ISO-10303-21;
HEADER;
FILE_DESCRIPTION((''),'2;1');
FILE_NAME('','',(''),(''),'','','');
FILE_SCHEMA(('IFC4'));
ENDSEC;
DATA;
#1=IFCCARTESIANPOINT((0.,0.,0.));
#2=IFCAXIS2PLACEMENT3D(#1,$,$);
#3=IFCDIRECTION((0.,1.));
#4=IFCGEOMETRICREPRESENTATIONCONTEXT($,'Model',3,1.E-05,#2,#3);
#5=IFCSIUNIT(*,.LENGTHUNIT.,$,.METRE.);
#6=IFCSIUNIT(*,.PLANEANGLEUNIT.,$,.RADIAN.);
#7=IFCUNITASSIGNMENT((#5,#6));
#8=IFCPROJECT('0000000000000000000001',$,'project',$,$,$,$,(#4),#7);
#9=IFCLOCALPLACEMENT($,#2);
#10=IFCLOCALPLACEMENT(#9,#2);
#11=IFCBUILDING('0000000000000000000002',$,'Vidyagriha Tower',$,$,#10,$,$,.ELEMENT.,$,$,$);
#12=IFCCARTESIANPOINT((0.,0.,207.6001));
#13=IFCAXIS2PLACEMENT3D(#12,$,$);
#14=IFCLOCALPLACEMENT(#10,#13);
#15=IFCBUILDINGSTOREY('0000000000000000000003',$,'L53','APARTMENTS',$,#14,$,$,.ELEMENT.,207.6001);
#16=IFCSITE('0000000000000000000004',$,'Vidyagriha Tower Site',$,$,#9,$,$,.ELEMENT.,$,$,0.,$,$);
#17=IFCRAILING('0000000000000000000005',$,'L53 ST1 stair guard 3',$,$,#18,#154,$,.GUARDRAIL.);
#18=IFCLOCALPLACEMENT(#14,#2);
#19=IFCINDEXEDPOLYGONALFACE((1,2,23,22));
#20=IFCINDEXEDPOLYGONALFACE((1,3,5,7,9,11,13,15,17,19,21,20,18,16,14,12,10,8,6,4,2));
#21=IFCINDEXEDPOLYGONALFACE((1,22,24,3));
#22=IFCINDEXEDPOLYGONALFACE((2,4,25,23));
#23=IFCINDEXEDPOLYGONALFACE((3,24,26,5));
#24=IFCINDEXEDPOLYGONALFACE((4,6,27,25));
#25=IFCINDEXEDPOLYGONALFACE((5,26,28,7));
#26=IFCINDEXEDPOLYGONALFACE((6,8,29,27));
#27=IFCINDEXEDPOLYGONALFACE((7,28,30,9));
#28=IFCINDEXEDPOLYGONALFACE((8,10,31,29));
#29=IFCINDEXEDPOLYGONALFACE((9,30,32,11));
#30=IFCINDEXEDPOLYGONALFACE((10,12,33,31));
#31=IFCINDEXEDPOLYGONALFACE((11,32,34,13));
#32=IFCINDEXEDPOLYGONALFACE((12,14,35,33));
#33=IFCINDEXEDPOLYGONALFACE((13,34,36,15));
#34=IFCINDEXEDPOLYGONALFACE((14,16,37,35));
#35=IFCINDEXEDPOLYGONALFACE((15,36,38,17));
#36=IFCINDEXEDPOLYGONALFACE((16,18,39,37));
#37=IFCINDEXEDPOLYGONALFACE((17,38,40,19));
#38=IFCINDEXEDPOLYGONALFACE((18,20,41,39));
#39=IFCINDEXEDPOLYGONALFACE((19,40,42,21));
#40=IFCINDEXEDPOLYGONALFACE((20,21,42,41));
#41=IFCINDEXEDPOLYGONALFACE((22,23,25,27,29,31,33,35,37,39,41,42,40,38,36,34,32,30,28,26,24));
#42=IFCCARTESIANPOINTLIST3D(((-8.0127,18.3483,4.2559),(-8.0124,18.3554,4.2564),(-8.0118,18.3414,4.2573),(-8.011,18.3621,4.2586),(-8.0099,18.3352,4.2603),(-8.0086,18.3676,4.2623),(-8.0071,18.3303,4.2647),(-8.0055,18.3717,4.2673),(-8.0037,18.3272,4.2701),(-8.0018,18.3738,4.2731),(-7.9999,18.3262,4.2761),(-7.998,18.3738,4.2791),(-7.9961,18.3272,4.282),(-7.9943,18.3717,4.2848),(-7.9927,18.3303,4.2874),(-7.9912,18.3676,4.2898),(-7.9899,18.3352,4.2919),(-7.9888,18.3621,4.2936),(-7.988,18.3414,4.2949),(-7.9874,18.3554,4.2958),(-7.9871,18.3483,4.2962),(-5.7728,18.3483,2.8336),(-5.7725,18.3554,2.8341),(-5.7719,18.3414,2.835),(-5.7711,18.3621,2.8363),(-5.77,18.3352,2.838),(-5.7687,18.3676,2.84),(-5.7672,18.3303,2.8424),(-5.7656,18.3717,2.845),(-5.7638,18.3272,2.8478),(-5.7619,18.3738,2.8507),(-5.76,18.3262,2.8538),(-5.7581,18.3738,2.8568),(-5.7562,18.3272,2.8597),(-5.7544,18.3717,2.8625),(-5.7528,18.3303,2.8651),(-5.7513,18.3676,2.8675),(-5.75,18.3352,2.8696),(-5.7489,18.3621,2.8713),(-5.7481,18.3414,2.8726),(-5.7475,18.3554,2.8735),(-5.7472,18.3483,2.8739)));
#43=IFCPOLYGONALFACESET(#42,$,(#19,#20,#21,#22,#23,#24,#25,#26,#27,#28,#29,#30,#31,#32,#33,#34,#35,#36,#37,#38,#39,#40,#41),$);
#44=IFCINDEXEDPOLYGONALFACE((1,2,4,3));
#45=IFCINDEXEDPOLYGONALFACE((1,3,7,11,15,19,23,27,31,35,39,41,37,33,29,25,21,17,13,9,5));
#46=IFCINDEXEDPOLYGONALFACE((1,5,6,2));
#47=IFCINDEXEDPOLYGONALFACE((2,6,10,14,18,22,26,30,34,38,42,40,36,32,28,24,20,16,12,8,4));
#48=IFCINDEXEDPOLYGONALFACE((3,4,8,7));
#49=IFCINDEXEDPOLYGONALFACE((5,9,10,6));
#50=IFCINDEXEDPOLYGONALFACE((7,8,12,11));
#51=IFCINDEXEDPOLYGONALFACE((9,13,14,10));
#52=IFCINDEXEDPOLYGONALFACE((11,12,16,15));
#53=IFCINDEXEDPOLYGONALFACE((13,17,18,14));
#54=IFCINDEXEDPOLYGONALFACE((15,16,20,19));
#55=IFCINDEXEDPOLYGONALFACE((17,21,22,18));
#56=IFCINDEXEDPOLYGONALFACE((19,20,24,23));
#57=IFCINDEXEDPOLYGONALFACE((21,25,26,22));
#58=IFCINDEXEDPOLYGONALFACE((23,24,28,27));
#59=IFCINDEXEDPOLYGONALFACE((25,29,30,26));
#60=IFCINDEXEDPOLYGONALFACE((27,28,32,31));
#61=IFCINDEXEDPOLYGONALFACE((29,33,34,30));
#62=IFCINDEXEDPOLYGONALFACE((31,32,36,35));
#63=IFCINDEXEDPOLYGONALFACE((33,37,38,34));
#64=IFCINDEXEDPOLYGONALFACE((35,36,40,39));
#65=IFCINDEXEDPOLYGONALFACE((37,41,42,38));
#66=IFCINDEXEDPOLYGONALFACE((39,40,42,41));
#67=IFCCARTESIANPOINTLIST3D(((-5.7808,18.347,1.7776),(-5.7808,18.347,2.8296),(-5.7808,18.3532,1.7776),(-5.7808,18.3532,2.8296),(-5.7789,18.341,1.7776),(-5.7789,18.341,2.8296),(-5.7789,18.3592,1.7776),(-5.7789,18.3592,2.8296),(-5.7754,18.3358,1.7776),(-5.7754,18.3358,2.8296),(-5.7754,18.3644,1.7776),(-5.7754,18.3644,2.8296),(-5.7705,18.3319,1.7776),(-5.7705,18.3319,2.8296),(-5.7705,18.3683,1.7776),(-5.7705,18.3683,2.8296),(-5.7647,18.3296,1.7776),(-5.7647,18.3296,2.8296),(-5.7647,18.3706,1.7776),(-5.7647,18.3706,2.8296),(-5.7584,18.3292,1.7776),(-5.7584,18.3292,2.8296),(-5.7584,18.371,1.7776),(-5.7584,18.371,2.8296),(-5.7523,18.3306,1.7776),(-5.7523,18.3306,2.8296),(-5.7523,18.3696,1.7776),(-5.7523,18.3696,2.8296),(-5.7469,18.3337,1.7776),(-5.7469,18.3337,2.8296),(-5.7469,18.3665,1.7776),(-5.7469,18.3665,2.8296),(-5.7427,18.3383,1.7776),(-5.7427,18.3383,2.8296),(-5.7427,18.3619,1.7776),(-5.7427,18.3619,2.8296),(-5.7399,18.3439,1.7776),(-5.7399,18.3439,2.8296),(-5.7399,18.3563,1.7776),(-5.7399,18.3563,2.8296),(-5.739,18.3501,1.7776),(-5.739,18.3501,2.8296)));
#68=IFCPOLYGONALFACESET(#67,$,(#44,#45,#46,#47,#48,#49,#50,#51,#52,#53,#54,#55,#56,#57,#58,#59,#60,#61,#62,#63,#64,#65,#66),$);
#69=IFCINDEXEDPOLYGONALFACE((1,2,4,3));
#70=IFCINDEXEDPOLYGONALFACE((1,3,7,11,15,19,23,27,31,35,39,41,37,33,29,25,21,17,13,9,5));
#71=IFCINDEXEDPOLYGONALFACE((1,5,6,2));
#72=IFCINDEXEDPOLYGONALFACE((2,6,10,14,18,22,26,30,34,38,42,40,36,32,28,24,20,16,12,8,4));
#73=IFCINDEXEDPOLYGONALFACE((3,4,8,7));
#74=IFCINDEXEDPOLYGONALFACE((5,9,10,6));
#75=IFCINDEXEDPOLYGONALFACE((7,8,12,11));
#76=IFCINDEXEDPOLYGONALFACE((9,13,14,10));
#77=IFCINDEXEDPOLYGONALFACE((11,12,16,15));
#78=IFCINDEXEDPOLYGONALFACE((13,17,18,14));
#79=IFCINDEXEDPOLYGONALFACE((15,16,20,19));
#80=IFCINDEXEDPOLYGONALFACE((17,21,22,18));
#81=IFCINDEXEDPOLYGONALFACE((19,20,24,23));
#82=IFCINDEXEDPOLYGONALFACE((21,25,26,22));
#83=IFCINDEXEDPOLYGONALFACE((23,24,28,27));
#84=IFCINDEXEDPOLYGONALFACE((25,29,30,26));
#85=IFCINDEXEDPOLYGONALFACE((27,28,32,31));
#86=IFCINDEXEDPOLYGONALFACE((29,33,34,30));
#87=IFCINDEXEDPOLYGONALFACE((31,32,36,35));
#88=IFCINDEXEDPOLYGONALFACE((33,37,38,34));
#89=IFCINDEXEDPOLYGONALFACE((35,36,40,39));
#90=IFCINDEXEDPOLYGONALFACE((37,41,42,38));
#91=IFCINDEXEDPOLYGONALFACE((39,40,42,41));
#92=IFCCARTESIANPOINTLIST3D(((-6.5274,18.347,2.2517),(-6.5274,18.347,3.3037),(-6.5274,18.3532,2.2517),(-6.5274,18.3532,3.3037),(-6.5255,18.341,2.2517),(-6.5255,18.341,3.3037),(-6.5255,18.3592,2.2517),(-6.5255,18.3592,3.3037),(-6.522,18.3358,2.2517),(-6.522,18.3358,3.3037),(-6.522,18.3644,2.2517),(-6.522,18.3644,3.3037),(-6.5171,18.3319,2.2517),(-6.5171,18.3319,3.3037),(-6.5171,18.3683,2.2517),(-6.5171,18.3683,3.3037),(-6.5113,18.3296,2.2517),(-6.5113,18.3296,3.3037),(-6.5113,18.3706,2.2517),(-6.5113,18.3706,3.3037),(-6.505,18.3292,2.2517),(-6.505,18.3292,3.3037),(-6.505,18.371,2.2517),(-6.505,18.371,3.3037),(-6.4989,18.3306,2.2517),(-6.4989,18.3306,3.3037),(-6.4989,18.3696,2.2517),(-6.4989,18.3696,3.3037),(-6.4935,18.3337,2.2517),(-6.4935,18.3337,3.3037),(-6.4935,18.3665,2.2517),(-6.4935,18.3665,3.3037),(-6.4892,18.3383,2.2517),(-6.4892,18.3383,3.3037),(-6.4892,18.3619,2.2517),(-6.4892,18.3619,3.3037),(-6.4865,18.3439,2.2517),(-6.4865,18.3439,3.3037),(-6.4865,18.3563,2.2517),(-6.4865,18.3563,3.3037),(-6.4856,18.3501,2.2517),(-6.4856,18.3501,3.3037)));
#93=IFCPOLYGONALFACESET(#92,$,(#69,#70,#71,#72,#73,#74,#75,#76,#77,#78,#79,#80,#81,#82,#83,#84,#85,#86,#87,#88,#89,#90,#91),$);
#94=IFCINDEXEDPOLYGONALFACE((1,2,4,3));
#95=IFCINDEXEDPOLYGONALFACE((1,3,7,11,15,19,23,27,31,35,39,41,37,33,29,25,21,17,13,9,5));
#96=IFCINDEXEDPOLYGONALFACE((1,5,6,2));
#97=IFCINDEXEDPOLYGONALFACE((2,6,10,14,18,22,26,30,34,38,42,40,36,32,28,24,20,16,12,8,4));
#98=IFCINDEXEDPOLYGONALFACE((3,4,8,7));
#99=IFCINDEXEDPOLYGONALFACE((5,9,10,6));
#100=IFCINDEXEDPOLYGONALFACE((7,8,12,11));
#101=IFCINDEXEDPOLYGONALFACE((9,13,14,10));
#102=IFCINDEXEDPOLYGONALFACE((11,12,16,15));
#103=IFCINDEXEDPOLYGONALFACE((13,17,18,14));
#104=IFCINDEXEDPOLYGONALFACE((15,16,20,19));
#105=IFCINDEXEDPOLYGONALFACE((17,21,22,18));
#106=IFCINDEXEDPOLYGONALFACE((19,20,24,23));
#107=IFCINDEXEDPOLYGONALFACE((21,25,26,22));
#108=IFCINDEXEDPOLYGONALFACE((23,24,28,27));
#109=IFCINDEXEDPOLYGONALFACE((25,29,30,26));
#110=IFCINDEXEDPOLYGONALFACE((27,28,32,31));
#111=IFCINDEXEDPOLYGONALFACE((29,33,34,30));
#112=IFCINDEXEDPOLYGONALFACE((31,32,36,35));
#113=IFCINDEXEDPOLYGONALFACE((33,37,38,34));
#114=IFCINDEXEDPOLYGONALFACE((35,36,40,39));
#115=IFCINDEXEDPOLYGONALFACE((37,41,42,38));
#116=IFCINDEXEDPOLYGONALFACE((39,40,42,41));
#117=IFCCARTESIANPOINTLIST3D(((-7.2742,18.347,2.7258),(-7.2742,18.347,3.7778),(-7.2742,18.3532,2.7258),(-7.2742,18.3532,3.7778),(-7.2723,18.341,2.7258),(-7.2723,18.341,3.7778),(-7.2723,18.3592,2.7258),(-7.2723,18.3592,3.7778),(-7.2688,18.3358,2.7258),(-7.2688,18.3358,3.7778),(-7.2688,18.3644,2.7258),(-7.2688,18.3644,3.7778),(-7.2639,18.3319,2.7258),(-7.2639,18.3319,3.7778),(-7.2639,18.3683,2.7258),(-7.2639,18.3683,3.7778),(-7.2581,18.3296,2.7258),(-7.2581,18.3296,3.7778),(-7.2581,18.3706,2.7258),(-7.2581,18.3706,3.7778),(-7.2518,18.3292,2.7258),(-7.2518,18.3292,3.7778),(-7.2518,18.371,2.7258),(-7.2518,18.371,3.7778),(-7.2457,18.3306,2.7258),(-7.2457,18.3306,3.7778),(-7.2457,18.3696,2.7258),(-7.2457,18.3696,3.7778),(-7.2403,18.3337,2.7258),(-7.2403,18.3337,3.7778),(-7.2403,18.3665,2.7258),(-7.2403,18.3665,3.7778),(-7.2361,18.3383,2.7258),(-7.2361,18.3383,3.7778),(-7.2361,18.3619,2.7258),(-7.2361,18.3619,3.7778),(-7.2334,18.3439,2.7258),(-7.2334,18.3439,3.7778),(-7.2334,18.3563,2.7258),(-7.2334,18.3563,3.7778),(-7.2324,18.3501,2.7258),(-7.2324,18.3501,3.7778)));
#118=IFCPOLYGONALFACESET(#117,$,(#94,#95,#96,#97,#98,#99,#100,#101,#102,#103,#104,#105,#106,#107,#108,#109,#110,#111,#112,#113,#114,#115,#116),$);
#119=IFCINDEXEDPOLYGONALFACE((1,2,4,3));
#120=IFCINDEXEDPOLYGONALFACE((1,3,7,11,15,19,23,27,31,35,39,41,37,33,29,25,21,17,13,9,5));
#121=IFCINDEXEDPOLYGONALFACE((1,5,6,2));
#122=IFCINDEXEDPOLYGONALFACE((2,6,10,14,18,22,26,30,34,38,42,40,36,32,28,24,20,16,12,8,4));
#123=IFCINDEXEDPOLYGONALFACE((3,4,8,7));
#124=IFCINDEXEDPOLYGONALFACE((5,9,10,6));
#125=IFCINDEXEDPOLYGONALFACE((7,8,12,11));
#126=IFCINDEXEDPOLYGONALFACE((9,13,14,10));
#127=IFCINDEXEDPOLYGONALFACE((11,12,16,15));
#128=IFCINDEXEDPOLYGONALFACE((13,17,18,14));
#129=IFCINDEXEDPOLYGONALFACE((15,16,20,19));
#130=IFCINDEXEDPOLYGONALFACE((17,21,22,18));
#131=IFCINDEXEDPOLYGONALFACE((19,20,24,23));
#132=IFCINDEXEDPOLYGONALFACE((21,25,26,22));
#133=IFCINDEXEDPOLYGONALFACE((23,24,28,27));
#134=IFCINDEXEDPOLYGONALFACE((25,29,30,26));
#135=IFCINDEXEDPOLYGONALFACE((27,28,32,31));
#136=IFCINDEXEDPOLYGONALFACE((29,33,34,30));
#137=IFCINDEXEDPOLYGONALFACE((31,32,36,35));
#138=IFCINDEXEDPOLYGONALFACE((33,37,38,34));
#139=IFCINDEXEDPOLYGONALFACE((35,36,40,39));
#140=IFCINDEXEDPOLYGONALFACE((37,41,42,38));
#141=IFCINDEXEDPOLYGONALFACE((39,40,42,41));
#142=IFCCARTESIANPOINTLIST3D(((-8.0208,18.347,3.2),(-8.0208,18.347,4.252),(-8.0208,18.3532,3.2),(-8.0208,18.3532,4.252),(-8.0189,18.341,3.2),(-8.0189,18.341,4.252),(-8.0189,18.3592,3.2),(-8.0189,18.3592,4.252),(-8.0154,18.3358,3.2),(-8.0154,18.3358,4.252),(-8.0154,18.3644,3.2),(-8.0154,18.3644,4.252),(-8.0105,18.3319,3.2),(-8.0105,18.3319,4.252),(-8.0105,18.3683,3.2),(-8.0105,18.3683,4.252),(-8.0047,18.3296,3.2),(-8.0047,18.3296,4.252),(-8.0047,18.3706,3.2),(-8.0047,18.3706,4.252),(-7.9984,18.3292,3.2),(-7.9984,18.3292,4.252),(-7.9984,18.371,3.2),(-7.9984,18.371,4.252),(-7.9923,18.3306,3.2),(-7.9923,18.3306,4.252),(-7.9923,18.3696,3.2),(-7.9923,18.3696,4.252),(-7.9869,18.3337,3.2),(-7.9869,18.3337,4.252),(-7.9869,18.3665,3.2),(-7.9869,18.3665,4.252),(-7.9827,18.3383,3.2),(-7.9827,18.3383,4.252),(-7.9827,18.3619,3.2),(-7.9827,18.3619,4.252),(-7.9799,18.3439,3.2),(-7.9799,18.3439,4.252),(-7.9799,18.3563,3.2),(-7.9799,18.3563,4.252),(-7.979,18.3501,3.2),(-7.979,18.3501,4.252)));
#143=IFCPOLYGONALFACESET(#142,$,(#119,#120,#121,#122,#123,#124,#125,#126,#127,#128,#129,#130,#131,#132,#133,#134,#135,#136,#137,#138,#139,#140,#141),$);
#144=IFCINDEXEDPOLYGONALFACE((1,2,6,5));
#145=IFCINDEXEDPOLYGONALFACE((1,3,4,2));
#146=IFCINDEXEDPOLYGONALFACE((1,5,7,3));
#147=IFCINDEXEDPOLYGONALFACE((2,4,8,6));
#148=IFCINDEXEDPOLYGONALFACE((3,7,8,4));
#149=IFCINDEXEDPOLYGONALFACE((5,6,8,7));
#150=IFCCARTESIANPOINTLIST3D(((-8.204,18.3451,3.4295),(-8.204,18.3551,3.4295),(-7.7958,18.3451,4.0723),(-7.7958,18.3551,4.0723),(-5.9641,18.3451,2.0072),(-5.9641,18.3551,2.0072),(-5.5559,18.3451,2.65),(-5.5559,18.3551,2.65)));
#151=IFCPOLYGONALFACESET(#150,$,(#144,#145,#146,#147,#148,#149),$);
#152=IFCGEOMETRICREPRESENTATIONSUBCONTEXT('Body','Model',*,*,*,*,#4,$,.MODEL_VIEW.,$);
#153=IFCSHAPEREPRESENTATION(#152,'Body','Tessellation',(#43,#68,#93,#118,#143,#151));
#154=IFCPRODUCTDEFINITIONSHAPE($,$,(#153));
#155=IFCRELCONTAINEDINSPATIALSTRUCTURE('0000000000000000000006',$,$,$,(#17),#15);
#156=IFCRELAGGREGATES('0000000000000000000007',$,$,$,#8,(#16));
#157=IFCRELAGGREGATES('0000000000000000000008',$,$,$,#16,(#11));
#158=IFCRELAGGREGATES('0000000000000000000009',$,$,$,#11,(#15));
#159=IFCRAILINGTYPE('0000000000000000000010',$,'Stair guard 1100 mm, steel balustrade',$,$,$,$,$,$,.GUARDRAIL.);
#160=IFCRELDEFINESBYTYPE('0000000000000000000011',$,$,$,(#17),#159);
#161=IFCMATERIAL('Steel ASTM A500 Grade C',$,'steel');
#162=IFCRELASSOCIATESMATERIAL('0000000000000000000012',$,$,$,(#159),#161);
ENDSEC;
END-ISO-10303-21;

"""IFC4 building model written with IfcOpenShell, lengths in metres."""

from ifc_helpers import new_model, si_unit, direction, frame, origin, origin_2d, place, context, subcontext, project, spatial, rectangle, circle, extrude, material, type_object, element, save


model = new_model("IFC4")

# Units and contexts
model_context = context("Model", 3, precision=1e-05, world=origin(), true_north=direction((0.0, 1.0)))
body_context = subcontext(model_context, "Body", "Model", "MODEL_VIEW")
ifc_project = project(units=[si_unit("LENGTHUNIT", "METRE"), si_unit("PLANEANGLEUNIT", "RADIAN")], contexts=[model_context])

# Site, building, storey
site_placement = place(None, origin())
site = spatial("IfcSite", under=ifc_project, at=site_placement, Name="Vidyagriha Tower Site", CompositionType="ELEMENT", RefElevation=0.0)
building_placement = place(site_placement, origin())
building = spatial("IfcBuilding", under=site, at=building_placement, Name="Vidyagriha Tower", CompositionType="ELEMENT")
storey_placement = place(building_placement, frame((0.0, 0.0, 207.6001)))
storey = spatial("IfcBuildingStorey", under=building, at=storey_placement, Name="L53", Description="APARTMENTS", CompositionType="ELEMENT", Elevation=207.6001)

# Railing
ifc_material_1 = material(Name="Steel ASTM A500 Grade C", Category="steel")
railing_type_1 = type_object("IfcRailingType", Name="Stair guard 1100 mm, steel balustrade", PredefinedType="GUARDRAIL", material=ifc_material_1)
railing_1_placement = place(storey_placement, frame((-5.76, 18.3501, 1.7776)))
element("IfcRailing", 1, at=railing_1_placement, inside=storey, type_object=railing_type_1, Name="L53 ST1 stair guard 3", PredefinedType="GUARDRAIL", context=body_context, shape_type="SweptSolid", body=[
    extrude(circle(Radius=0.0239, at=origin_2d()), frame((0.0, 0.0, 1.0762), z_axis=(-0.844188, 0.0, 0.536048), x_axis=(0.0, -1.0, 0.0)), (0.0, 0.0, 1.0), 2.6533),
    extrude(circle(Radius=0.021, at=origin_2d()), origin(), (0.0, 0.0, 1.0), 1.052),
    extrude(circle(Radius=0.021, at=origin_2d()), frame((-0.7466, 0.0, 0.4741)), (0.0, 0.0, 1.0), 1.052),
    extrude(circle(Radius=0.021, at=origin_2d()), frame((-1.4934, 0.0, 0.9482)), (0.0, 0.0, 1.0), 1.052),
    extrude(circle(Radius=0.021, at=origin_2d()), frame((-2.24, 0.0, 1.4224)), (0.0, 0.0, 1.0), 1.052),
    extrude(rectangle(XDim=0.01, YDim=0.7615, at=origin_2d()), frame((0.0, 0.0, 0.551), z_axis=(-0.844188, 0.0, 0.536048), x_axis=(0.0, -1.0, 0.0)), (0.0, 0.0, 1.0), 2.6533),
])

save(model, "model.ifc")
